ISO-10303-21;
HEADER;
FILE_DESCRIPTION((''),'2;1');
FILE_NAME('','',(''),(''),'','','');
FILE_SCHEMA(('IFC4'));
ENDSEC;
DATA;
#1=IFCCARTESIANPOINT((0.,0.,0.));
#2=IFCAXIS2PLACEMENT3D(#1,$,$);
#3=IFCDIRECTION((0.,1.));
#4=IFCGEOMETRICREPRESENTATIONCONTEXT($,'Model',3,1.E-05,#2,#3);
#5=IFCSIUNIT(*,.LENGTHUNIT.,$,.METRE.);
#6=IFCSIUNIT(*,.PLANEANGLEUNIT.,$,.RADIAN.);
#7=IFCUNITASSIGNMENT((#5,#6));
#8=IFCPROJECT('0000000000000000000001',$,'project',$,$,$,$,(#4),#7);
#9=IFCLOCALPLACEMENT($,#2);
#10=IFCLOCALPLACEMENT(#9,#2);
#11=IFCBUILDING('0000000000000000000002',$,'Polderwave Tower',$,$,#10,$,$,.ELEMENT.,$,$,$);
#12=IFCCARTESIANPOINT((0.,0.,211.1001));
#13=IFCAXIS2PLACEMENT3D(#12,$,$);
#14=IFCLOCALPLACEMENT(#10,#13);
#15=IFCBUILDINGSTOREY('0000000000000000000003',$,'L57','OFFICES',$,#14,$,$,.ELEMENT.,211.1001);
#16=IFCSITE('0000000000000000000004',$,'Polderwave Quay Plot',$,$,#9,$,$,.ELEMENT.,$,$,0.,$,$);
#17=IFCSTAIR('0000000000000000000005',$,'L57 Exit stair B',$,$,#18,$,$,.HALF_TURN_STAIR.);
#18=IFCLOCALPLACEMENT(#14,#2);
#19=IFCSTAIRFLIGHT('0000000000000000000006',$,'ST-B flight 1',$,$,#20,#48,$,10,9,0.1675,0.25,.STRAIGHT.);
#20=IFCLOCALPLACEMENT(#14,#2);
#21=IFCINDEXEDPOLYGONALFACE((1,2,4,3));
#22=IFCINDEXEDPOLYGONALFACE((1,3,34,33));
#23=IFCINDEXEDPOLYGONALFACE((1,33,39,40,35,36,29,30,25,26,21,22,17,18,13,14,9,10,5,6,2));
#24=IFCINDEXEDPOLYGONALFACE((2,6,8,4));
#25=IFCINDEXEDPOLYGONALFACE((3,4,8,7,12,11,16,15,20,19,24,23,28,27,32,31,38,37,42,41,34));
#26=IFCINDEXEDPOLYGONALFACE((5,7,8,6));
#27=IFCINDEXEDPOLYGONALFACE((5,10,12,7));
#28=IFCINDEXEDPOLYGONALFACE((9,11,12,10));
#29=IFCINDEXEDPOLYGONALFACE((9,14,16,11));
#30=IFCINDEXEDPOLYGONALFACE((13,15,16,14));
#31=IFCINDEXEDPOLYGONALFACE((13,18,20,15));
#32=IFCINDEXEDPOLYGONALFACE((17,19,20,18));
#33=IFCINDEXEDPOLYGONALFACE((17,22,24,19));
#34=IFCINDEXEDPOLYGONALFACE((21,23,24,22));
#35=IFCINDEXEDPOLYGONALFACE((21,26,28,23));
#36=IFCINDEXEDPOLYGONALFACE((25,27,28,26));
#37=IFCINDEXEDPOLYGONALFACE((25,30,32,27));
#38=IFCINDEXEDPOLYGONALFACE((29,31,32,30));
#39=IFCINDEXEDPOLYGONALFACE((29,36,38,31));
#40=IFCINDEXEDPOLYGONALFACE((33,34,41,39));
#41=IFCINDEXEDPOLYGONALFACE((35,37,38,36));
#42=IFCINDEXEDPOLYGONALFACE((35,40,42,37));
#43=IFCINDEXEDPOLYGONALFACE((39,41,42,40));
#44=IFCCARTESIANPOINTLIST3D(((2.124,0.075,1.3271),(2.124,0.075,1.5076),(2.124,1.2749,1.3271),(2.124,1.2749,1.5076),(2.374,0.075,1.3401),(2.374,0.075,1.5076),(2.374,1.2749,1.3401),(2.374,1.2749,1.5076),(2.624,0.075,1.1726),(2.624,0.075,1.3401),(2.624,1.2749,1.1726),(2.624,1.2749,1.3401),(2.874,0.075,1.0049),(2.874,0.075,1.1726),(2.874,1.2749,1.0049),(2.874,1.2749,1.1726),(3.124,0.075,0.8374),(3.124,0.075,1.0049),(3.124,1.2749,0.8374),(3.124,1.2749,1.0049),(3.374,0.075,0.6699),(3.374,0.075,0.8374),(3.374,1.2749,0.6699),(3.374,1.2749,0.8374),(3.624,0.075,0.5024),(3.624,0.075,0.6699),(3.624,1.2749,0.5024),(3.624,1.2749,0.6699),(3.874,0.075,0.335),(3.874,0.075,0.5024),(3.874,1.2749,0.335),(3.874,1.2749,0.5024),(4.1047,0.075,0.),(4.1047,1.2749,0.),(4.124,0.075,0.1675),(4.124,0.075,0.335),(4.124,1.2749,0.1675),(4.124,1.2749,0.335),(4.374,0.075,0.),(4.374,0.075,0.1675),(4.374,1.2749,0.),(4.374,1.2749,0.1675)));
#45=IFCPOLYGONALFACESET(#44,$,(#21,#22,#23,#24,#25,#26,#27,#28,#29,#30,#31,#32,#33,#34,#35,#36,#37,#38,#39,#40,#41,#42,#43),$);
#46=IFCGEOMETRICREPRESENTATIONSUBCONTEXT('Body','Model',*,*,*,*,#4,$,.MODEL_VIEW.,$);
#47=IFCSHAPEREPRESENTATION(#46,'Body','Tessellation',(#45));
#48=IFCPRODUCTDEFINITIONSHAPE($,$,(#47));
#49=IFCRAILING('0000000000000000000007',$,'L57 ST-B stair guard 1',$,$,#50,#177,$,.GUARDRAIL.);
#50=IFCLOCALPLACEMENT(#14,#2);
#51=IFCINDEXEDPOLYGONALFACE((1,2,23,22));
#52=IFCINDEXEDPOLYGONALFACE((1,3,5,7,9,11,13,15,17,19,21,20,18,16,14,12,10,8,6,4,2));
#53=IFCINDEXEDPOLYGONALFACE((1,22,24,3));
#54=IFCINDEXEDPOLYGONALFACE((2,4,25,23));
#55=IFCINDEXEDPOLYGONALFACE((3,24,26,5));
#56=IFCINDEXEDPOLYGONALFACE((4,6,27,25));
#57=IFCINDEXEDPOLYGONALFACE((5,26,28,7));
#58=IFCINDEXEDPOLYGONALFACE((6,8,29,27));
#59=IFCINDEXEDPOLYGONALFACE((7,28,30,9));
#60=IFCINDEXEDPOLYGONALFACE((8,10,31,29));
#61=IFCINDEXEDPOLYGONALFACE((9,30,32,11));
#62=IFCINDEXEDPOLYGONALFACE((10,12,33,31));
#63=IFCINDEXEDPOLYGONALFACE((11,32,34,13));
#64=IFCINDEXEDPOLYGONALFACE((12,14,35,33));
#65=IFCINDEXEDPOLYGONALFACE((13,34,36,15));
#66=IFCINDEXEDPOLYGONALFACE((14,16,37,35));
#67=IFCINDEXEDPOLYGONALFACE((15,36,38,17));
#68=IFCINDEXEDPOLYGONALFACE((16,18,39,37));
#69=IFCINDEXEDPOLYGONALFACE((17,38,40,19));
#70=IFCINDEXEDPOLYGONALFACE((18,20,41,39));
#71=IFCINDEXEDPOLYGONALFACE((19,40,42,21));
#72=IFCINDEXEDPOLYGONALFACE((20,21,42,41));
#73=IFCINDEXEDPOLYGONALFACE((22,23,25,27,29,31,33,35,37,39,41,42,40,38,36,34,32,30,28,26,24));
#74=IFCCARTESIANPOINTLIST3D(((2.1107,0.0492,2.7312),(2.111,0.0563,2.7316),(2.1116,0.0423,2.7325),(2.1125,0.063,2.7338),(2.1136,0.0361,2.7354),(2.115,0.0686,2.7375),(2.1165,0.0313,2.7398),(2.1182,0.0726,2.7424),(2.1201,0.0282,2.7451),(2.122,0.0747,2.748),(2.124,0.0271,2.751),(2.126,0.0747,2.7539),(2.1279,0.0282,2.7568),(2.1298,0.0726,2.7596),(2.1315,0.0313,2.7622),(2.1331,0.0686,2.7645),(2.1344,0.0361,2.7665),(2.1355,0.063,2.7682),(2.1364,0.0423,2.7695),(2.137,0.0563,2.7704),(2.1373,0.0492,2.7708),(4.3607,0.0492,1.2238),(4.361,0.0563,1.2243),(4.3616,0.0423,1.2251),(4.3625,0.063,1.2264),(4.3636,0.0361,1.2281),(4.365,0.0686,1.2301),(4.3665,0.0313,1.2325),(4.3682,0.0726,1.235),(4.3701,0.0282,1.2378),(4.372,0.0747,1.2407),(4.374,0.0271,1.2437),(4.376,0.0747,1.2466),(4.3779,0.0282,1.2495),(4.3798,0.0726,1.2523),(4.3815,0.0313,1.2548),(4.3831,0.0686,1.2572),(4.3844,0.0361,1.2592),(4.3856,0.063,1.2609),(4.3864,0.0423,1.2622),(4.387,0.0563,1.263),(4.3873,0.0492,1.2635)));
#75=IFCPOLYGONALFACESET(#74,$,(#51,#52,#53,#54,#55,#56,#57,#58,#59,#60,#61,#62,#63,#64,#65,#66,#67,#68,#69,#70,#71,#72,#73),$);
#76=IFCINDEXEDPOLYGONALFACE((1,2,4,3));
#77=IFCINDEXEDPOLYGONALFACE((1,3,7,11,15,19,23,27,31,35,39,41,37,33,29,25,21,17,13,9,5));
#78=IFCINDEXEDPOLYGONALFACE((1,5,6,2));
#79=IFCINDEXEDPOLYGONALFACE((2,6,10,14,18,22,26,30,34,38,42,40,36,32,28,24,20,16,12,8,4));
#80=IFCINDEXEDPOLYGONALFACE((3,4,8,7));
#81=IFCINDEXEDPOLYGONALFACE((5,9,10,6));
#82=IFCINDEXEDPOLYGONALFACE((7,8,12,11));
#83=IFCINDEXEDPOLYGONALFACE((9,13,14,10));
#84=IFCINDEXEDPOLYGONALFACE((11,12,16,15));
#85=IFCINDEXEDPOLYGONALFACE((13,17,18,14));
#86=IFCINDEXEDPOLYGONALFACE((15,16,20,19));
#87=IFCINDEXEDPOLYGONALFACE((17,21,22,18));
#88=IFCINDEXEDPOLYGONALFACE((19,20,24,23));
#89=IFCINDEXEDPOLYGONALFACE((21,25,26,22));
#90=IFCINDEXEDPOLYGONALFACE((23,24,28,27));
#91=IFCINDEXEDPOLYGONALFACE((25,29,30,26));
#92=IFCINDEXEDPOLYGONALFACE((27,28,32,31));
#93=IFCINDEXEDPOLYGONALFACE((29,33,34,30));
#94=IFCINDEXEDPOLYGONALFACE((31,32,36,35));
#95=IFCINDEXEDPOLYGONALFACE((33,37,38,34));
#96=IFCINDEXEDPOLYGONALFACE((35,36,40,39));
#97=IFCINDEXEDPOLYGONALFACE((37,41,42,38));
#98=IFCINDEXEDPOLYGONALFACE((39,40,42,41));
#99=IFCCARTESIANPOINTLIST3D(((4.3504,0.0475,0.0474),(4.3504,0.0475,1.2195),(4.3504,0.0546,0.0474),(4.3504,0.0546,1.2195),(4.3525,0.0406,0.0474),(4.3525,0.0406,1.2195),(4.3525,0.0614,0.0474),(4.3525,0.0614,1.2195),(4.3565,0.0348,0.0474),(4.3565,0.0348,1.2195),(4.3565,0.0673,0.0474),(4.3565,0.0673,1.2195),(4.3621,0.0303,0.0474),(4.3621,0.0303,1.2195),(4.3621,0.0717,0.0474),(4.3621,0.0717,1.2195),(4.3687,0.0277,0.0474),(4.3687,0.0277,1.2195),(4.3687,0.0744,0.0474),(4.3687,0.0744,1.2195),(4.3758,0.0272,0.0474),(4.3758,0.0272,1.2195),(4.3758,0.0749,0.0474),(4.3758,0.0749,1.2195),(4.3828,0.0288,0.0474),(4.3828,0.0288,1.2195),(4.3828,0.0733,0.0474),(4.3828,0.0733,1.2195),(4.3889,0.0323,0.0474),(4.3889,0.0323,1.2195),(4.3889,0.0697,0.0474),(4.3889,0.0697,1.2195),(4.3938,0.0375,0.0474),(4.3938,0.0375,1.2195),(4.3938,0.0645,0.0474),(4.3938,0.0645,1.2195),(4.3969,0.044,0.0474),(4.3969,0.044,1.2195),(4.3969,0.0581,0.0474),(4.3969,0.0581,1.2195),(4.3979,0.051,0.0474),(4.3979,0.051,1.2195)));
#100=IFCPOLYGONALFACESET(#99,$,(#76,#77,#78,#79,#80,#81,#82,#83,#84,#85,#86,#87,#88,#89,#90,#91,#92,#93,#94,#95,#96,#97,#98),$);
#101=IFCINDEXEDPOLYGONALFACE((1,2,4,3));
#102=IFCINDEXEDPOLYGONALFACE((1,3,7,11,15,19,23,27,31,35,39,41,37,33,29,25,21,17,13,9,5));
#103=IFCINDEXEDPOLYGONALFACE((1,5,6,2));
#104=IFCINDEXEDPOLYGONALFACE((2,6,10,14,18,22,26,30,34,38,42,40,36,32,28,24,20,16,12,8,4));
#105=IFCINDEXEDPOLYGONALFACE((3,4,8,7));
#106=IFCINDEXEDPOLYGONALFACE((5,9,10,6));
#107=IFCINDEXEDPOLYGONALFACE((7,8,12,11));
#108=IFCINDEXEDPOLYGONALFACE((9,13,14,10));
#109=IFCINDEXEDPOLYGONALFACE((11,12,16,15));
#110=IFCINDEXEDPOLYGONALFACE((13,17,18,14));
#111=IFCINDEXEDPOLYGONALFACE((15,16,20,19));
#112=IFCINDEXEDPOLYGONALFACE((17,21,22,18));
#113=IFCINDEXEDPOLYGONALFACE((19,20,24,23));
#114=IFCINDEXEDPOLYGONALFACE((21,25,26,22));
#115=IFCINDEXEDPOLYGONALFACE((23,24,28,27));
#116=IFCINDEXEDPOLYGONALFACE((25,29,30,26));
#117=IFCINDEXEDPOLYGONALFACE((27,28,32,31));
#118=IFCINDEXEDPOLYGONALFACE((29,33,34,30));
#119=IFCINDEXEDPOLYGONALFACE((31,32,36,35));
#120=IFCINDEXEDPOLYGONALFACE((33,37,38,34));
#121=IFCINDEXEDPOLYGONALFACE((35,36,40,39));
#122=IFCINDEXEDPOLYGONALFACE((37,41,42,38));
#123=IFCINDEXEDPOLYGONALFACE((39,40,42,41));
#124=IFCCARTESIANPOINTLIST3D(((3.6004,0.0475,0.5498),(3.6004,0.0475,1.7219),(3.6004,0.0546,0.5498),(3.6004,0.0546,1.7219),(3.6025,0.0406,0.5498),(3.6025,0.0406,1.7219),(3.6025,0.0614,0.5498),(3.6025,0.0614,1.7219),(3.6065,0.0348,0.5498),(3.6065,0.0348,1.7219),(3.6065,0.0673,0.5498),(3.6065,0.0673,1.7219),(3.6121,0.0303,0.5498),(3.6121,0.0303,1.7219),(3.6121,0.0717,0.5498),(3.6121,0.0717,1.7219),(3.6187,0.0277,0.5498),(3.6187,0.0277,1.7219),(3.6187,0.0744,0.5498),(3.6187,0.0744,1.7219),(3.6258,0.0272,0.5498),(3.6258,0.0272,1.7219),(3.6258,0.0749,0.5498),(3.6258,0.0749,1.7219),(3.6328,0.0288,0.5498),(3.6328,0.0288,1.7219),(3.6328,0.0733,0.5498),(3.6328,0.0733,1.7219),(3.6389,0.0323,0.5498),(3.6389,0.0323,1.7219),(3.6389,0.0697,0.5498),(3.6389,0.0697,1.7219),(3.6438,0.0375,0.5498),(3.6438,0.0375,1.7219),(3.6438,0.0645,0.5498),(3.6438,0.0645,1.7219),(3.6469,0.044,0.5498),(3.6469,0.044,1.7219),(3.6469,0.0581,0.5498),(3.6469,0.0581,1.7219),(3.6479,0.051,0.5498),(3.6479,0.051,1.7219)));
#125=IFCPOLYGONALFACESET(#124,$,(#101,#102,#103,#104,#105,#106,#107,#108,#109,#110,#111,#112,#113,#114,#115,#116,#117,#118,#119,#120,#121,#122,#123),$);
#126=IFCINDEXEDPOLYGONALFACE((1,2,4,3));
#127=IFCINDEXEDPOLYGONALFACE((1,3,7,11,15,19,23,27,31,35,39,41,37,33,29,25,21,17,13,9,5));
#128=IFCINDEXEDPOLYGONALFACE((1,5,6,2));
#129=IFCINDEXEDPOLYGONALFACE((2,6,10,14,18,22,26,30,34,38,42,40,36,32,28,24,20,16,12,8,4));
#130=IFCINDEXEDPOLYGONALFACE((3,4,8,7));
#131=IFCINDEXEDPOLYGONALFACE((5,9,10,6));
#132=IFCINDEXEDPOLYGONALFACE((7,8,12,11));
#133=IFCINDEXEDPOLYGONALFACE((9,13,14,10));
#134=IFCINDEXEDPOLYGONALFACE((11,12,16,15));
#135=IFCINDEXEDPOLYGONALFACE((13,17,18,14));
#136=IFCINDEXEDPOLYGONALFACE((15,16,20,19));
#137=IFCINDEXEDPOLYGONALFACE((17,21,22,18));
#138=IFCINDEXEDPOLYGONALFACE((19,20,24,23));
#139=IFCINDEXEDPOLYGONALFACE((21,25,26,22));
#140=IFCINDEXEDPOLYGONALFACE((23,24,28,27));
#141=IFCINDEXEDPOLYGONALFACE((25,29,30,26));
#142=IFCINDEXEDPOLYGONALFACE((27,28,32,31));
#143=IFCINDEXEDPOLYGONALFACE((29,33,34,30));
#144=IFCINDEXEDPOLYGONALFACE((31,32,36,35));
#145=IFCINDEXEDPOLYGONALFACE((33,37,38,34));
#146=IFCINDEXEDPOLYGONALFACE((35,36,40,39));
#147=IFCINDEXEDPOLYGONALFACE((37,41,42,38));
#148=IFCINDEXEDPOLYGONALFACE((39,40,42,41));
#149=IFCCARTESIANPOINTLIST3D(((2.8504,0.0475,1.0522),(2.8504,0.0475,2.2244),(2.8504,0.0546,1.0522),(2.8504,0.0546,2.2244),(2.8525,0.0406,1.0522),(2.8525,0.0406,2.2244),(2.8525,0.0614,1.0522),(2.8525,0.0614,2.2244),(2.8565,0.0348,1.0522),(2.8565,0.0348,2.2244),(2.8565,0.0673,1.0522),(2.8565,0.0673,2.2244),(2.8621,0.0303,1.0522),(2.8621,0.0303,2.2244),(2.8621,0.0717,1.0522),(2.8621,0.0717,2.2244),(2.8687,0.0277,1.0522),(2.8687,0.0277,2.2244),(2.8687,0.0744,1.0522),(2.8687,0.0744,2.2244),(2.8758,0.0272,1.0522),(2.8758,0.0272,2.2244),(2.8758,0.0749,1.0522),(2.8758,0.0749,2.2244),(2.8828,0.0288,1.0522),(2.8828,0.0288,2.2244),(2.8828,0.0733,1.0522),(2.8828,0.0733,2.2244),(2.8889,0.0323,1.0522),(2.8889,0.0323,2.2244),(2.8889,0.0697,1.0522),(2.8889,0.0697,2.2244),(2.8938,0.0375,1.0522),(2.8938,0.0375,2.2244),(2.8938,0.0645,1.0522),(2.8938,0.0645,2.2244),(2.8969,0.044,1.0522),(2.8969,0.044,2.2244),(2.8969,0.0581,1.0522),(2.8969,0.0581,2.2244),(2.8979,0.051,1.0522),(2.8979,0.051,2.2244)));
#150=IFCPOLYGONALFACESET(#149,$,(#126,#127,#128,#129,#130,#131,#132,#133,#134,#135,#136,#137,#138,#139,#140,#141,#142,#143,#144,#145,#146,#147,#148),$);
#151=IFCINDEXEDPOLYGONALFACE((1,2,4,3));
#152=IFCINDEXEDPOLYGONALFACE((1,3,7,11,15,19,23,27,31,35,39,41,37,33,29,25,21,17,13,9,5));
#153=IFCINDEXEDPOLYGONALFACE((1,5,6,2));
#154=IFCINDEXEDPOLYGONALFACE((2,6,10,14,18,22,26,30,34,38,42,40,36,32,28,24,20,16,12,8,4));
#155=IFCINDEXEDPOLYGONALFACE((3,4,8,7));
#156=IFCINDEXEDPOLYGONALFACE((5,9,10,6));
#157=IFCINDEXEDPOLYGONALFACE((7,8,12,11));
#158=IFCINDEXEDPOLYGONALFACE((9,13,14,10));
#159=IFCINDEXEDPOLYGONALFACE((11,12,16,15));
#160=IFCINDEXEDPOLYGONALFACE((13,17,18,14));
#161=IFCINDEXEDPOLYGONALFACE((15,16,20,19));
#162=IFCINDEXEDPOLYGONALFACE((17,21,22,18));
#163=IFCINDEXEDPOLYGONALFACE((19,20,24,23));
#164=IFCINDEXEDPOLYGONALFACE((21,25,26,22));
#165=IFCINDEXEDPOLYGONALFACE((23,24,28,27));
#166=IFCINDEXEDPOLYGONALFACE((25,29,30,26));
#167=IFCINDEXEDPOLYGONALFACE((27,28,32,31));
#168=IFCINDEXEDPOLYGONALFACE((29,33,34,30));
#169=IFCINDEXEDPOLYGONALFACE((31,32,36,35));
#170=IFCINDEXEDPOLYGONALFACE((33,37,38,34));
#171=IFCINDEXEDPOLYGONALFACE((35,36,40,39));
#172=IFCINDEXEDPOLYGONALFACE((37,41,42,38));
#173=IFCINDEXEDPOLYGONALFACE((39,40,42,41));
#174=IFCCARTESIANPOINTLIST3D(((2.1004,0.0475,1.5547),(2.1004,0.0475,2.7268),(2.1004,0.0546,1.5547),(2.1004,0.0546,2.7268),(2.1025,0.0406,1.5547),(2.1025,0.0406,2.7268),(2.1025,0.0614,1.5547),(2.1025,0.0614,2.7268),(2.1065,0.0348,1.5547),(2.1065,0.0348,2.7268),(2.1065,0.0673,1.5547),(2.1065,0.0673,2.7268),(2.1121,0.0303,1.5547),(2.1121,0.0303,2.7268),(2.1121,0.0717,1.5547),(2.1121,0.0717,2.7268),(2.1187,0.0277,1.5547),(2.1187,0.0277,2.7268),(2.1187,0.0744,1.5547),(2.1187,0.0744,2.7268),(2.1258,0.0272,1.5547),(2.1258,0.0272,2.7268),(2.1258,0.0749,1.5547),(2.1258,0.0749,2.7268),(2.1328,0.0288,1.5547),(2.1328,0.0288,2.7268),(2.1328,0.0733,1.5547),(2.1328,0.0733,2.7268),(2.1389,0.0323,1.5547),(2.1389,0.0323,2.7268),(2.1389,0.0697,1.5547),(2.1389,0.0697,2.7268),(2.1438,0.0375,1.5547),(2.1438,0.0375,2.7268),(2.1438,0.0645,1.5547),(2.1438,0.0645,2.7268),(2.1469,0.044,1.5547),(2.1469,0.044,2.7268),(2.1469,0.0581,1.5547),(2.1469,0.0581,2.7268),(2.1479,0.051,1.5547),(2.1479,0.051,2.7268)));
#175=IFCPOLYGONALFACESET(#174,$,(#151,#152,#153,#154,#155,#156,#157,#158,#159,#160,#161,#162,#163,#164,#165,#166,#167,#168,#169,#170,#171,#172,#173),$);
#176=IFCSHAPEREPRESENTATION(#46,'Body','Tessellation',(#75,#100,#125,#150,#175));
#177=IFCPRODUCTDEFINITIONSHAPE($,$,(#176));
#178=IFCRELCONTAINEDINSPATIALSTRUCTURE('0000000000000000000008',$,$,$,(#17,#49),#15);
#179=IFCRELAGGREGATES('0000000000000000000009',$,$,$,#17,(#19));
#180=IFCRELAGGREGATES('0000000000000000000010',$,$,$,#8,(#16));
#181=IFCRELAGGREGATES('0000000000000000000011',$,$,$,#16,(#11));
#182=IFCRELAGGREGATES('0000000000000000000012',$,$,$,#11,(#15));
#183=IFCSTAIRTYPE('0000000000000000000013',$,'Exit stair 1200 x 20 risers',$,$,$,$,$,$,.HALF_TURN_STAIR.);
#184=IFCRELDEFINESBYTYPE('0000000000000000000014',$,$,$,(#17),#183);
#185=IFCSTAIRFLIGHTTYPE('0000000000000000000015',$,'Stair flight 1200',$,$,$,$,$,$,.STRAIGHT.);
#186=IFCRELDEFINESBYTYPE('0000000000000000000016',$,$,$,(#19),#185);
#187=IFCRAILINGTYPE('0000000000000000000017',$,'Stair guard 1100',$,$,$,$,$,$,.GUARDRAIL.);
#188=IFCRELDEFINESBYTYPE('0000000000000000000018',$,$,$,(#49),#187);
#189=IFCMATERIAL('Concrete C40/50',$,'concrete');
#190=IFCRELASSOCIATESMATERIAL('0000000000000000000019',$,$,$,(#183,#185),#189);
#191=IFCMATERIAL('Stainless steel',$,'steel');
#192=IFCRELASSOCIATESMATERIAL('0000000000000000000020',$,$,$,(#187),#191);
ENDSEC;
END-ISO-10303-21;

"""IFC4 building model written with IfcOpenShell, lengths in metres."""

from ifc_helpers import new_model, si_unit, direction, frame, origin, origin_2d, place, context, subcontext, project, spatial, polyline, circle, outline, extrude, material, type_object, element, aggregate, save


model = new_model("IFC4")

# Units and contexts
model_context = context("Model", 3, precision=1e-05, world=origin(), true_north=direction((0.0, 1.0)))
body_context = subcontext(model_context, "Body", "Model", "MODEL_VIEW")
ifc_project = project(units=[si_unit("LENGTHUNIT", "METRE"), si_unit("PLANEANGLEUNIT", "RADIAN")], contexts=[model_context])

# Site, building, storey
site_placement = place(None, origin())
site = spatial("IfcSite", under=ifc_project, at=site_placement, Name="Polderwave Quay Plot", CompositionType="ELEMENT", RefElevation=0.0)
building_placement = place(site_placement, origin())
building = spatial("IfcBuilding", under=site, at=building_placement, Name="Polderwave Tower", CompositionType="ELEMENT")
storey_placement = place(building_placement, frame((0.0, 0.0, 211.1001)))
storey = spatial("IfcBuildingStorey", under=building, at=storey_placement, Name="L57", Description="OFFICES", CompositionType="ELEMENT", Elevation=211.1001)

# Stair, stair flight
ifc_material_1 = material(Name="Concrete C40/50", Category="concrete")
stair_type = type_object("IfcStairType", Name="Exit stair 1200 x 20 risers", PredefinedType="HALF_TURN_STAIR", material=ifc_material_1)
stair_placement = place(storey_placement, origin())
stair = element("IfcStair", 1, at=stair_placement, inside=storey, type_object=stair_type, Name="L57 Exit stair B", PredefinedType="HALF_TURN_STAIR")
stair_flight_type = type_object("IfcStairFlightType", Name="Stair flight 1200", PredefinedType="STRAIGHT", material=ifc_material_1)
stair_flight_placement = place(storey_placement, frame((4.374, 0.675, 0.0), z_axis=(0.0, 0.0, 1.0), x_axis=(-1.0, 0.0, 0.0)))
stair_flight = element("IfcStairFlight", 2, at=stair_flight_placement, type_object=stair_flight_type, Name="ST-B flight 1", NumberOfRisers=10, NumberOfTreads=9, PredefinedType="STRAIGHT", RiserHeight=0.1675, TreadLength=0.25, context=body_context, shape_type="SweptSolid", body=[
    extrude(outline(polyline([(0.0, 0.0), (0.0, 0.1675), (0.25, 0.1675), (0.25, 0.335), (0.5, 0.335), (0.5, 0.5024), (0.75, 0.5024), (0.75, 0.6699), (1.0, 0.6699), (1.0, 0.8374), (1.25, 0.8374), (1.25, 1.0049), (1.5, 1.0049), (1.5, 1.1726), (1.75, 1.1726), (1.75, 1.3401), (2.0, 1.3401), (2.0, 1.5076), (2.25, 1.5076), (2.25, 1.675), (2.25, 1.3271), (0.2693, 0.0), (0.0, 0.0)])), frame((0.0, 0.6001, 0.0), z_axis=(0.0, -1.0, 0.0), x_axis=(1.0, 0.0, 0.0)), (0.0, 0.0, 1.0), 1.2),
])
aggregate(stair, [stair_flight])

# Railing
ifc_material_2 = material(Name="Stainless steel", Category="steel")
railing_type_1 = type_object("IfcRailingType", Name="Stair guard 1100", PredefinedType="GUARDRAIL", material=ifc_material_2)
railing_1_placement = place(storey_placement, frame((4.374, 0.051, 0.0474)))
element("IfcRailing", 3, at=railing_1_placement, inside=storey, type_object=railing_type_1, Name="L57 ST-B stair guard 1", PredefinedType="GUARDRAIL", context=body_context, shape_type="SweptSolid", body=[
    extrude(circle(Radius=0.0239, at=origin_2d()), frame((0.0, 0.0, 1.1963), z_axis=(-0.8308, 0.0, 0.556571), x_axis=(0.0, -1.0, 0.0)), (0.0, 0.0, 1.0), 2.7083),
    extrude(circle(Radius=0.0239, at=origin_2d()), origin(), (0.0, 0.0, 1.0), 1.1721),
    extrude(circle(Radius=0.0239, at=origin_2d()), frame((-0.75, 0.0, 0.5024)), (0.0, 0.0, 1.0), 1.1721),
    extrude(circle(Radius=0.0239, at=origin_2d()), frame((-1.5, 0.0, 1.0049)), (0.0, 0.0, 1.0), 1.1721),
    extrude(circle(Radius=0.0239, at=origin_2d()), frame((-2.25, 0.0, 1.5073)), (0.0, 0.0, 1.0), 1.1721),
])

save(model, "model.ifc")
